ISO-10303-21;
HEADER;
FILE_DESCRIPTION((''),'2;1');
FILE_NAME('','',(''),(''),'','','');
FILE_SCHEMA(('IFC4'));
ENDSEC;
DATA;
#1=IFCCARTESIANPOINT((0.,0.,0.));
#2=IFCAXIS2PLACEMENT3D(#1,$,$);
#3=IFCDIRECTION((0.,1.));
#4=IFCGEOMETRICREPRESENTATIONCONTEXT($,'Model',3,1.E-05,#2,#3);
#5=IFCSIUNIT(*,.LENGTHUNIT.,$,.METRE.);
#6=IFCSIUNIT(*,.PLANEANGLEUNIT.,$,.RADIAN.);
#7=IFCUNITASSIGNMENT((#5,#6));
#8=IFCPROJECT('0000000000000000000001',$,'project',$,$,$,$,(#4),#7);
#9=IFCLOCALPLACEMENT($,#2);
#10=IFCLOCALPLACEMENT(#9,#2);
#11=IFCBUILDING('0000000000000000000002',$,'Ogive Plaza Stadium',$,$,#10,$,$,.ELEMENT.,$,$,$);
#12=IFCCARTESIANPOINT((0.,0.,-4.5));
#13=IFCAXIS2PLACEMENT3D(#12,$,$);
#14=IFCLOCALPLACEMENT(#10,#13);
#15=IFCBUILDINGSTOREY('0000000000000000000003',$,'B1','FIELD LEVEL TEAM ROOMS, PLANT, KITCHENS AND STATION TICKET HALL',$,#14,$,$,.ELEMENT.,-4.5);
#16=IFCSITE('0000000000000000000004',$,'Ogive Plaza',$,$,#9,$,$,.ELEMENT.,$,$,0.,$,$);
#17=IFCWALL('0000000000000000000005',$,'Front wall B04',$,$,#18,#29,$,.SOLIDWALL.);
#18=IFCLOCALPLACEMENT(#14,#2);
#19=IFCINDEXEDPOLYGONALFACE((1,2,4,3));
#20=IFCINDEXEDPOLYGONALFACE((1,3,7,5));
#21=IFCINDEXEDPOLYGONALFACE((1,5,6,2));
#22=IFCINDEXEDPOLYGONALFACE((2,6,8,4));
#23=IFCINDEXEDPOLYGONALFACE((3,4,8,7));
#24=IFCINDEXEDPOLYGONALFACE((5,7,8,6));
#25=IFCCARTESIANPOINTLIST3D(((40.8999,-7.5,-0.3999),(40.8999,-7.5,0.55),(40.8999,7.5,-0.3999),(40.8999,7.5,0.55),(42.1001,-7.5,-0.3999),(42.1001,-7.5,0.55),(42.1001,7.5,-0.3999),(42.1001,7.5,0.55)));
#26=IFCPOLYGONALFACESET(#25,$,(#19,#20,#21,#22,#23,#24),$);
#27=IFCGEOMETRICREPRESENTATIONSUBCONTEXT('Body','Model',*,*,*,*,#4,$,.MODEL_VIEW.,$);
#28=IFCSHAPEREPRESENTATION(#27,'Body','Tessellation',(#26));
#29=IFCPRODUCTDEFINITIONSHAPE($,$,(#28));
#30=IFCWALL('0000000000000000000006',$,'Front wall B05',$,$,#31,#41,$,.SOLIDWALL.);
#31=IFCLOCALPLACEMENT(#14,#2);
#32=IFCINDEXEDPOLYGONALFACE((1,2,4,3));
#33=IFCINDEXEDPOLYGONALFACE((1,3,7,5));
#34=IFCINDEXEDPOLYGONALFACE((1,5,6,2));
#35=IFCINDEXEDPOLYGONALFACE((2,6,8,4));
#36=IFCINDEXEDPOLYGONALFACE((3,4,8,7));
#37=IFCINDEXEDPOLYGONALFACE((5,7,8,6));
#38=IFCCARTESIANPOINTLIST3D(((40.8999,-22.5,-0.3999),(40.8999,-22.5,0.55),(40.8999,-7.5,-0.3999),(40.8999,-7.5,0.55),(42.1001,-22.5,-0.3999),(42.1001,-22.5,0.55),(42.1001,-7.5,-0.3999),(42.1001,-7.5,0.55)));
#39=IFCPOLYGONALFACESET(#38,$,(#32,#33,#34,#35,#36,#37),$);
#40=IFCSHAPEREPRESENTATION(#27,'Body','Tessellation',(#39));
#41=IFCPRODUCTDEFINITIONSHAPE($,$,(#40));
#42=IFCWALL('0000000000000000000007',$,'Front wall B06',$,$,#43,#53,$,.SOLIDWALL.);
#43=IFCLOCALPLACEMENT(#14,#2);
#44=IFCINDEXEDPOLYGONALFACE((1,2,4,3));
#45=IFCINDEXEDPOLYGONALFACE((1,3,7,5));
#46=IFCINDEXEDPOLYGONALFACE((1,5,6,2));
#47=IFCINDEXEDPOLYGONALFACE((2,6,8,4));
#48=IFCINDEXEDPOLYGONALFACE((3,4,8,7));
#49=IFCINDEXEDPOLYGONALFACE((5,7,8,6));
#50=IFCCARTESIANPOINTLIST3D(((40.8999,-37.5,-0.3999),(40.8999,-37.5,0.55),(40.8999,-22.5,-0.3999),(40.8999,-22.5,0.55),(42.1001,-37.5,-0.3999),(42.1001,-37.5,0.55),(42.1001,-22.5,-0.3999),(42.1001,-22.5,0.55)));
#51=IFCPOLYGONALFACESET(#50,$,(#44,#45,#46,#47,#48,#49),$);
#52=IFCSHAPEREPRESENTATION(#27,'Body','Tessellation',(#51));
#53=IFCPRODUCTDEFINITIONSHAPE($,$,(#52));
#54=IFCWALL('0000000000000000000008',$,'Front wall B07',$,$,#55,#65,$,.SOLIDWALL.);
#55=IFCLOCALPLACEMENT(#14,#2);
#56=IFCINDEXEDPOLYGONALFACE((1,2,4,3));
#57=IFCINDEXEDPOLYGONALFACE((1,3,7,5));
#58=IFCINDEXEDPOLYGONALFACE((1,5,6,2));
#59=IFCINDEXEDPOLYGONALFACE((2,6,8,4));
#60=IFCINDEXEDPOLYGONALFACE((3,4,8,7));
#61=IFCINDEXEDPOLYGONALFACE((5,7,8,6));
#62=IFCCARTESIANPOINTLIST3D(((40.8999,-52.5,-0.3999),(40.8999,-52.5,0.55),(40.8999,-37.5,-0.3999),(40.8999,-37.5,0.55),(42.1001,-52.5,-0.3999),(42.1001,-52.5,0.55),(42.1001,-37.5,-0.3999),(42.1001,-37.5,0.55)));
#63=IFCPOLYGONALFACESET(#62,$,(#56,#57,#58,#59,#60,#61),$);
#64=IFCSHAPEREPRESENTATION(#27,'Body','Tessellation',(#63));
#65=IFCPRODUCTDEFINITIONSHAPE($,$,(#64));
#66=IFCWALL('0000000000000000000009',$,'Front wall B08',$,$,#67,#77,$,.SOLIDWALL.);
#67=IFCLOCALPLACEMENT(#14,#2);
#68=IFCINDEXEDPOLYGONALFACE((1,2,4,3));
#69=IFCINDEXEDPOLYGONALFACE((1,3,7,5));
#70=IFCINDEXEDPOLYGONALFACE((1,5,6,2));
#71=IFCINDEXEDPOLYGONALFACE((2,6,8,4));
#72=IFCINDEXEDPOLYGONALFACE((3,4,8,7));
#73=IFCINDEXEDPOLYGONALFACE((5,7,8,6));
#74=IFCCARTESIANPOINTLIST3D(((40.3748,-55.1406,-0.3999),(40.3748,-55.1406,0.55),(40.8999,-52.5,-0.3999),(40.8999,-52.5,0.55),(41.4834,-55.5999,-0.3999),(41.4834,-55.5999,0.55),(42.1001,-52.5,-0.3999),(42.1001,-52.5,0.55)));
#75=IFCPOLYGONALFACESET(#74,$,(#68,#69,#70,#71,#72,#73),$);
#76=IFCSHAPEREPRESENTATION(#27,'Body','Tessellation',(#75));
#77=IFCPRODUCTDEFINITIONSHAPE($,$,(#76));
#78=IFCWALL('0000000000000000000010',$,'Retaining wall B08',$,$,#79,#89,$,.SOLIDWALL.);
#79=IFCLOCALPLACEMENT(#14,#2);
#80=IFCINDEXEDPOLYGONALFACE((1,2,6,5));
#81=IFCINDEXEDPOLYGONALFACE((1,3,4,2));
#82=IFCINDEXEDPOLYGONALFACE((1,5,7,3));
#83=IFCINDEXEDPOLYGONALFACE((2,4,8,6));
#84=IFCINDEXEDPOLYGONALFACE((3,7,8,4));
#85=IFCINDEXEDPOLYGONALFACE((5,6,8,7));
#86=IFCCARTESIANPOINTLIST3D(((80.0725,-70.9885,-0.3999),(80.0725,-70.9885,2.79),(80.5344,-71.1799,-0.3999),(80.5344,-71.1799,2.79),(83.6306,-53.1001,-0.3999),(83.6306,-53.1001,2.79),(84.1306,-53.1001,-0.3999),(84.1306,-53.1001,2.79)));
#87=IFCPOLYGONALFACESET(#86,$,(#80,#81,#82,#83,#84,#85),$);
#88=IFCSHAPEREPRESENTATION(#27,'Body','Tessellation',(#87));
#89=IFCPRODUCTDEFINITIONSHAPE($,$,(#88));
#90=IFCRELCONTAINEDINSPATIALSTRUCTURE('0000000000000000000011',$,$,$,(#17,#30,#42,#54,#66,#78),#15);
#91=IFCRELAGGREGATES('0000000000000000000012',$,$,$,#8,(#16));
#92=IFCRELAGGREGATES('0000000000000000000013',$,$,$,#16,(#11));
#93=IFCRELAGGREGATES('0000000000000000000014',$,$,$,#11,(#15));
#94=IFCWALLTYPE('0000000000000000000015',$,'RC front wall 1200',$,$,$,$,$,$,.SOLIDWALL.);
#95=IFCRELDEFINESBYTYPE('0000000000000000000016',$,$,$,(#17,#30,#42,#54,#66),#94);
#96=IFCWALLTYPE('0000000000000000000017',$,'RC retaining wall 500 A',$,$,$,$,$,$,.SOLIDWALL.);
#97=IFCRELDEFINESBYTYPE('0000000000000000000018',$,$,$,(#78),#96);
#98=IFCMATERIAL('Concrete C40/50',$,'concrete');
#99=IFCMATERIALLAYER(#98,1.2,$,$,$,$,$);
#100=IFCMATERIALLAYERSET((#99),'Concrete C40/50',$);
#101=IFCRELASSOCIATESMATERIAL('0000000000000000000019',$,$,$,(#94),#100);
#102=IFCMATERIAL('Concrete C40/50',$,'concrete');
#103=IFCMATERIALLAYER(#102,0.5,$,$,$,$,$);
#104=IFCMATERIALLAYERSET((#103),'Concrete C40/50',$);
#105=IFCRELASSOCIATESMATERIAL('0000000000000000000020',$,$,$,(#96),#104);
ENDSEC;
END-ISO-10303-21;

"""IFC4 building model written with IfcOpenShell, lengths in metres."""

from ifc_helpers import new_model, si_unit, direction, frame, origin, place, context, subcontext, project, spatial, polyline, outline, extrude, material, layer, layer_set, type_object, element, save


model = new_model("IFC4")

# Units and contexts
model_context = context("Model", 3, precision=1e-05, world=origin(), true_north=direction((0.0, 1.0)))
body_context = subcontext(model_context, "Body", "Model", "MODEL_VIEW")
ifc_project = project(units=[si_unit("LENGTHUNIT", "METRE"), si_unit("PLANEANGLEUNIT", "RADIAN")], contexts=[model_context])

# Site, building, storey
site_placement = place(None, origin())
site = spatial("IfcSite", under=ifc_project, at=site_placement, Name="Ogive Plaza", CompositionType="ELEMENT", RefElevation=0.0)
building_placement = place(site_placement, origin())
building = spatial("IfcBuilding", under=site, at=building_placement, Name="Ogive Plaza Stadium", CompositionType="ELEMENT")
storey_placement = place(building_placement, frame((0.0, 0.0, -4.5)))
storey = spatial("IfcBuildingStorey", under=building, at=storey_placement, Name="B1", Description="FIELD LEVEL TEAM ROOMS, PLANT, KITCHENS AND STATION TICKET HALL", CompositionType="ELEMENT", Elevation=-4.5)

# Walls
ifc_material_1 = material(Name="Concrete C40/50", Category="concrete")
ifc_layer_1 = layer(ifc_material_1, 1.2)
ifc_layer_set_1 = layer_set([ifc_layer_1], Name="Concrete C40/50")
wall_type_1 = type_object("IfcWallType", Name="RC front wall 1200", PredefinedType="SOLIDWALL", material=ifc_layer_set_1)
wall_1_placement = place(storey_placement, frame((0.0, 0.0, -0.3999)))
element("IfcWall", 1, at=wall_1_placement, inside=storey, type_object=wall_type_1, Name="Front wall B04", PredefinedType="SOLIDWALL", context=body_context, shape_type="SweptSolid", body=[
    extrude(outline(polyline([(40.8999, -7.5), (42.1001, -7.5), (42.1001, 7.5), (40.8999, 7.5), (40.8999, -7.5)])), origin(), (0.0, 0.0, 1.0), 0.95),
])
wall_2_placement = place(storey_placement, frame((0.0, 0.0, -0.3999)))
element("IfcWall", 2, at=wall_2_placement, inside=storey, type_object=wall_type_1, Name="Front wall B05", PredefinedType="SOLIDWALL", context=body_context, shape_type="SweptSolid", body=[
    extrude(outline(polyline([(40.8999, -22.5), (42.1001, -22.5), (42.1001, -7.5), (40.8999, -7.5), (40.8999, -22.5)])), origin(), (0.0, 0.0, 1.0), 0.95),
])
wall_3_placement = place(storey_placement, frame((0.0, 0.0, -0.3999)))
element("IfcWall", 3, at=wall_3_placement, inside=storey, type_object=wall_type_1, Name="Front wall B06", PredefinedType="SOLIDWALL", context=body_context, shape_type="SweptSolid", body=[
    extrude(outline(polyline([(40.8999, -37.5), (42.1001, -37.5), (42.1001, -22.5), (40.8999, -22.5), (40.8999, -37.5)])), origin(), (0.0, 0.0, 1.0), 0.95),
])
wall_4_placement = place(storey_placement, frame((0.0, 0.0, -0.3999)))
element("IfcWall", 4, at=wall_4_placement, inside=storey, type_object=wall_type_1, Name="Front wall B07", PredefinedType="SOLIDWALL", context=body_context, shape_type="SweptSolid", body=[
    extrude(outline(polyline([(40.8999, -52.5), (42.1001, -52.5), (42.1001, -37.5), (40.8999, -37.5), (40.8999, -52.5)])), origin(), (0.0, 0.0, 1.0), 0.95),
])
wall_5_placement = place(storey_placement, frame((0.0, 0.0, -0.3999)))
element("IfcWall", 5, at=wall_5_placement, inside=storey, type_object=wall_type_1, Name="Front wall B08", PredefinedType="SOLIDWALL", context=body_context, shape_type="SweptSolid", body=[
    extrude(outline(polyline([(40.3748, -55.1406), (41.4834, -55.5999), (42.1001, -52.5), (40.8999, -52.5), (40.3748, -55.1406)])), origin(), (0.0, 0.0, 1.0), 0.95),
])
ifc_material_2 = material(Name="Concrete C40/50", Category="concrete")
ifc_layer_2 = layer(ifc_material_2, 0.5)
ifc_layer_set_2 = layer_set([ifc_layer_2], Name="Concrete C40/50")
wall_type_2 = type_object("IfcWallType", Name="RC retaining wall 500 A", PredefinedType="SOLIDWALL", material=ifc_layer_set_2)
wall_6_placement = place(storey_placement, frame((0.0, 0.0, -0.3999)))
element("IfcWall", 6, at=wall_6_placement, inside=storey, type_object=wall_type_2, Name="Retaining wall B08", PredefinedType="SOLIDWALL", context=body_context, shape_type="SweptSolid", body=[
    extrude(outline(polyline([(80.0725, -70.9885), (80.5344, -71.1799), (84.1306, -53.1001), (83.6306, -53.1001), (80.0725, -70.9885)])), origin(), (0.0, 0.0, 1.0), 3.1899),
])

save(model, "model.ifc")
